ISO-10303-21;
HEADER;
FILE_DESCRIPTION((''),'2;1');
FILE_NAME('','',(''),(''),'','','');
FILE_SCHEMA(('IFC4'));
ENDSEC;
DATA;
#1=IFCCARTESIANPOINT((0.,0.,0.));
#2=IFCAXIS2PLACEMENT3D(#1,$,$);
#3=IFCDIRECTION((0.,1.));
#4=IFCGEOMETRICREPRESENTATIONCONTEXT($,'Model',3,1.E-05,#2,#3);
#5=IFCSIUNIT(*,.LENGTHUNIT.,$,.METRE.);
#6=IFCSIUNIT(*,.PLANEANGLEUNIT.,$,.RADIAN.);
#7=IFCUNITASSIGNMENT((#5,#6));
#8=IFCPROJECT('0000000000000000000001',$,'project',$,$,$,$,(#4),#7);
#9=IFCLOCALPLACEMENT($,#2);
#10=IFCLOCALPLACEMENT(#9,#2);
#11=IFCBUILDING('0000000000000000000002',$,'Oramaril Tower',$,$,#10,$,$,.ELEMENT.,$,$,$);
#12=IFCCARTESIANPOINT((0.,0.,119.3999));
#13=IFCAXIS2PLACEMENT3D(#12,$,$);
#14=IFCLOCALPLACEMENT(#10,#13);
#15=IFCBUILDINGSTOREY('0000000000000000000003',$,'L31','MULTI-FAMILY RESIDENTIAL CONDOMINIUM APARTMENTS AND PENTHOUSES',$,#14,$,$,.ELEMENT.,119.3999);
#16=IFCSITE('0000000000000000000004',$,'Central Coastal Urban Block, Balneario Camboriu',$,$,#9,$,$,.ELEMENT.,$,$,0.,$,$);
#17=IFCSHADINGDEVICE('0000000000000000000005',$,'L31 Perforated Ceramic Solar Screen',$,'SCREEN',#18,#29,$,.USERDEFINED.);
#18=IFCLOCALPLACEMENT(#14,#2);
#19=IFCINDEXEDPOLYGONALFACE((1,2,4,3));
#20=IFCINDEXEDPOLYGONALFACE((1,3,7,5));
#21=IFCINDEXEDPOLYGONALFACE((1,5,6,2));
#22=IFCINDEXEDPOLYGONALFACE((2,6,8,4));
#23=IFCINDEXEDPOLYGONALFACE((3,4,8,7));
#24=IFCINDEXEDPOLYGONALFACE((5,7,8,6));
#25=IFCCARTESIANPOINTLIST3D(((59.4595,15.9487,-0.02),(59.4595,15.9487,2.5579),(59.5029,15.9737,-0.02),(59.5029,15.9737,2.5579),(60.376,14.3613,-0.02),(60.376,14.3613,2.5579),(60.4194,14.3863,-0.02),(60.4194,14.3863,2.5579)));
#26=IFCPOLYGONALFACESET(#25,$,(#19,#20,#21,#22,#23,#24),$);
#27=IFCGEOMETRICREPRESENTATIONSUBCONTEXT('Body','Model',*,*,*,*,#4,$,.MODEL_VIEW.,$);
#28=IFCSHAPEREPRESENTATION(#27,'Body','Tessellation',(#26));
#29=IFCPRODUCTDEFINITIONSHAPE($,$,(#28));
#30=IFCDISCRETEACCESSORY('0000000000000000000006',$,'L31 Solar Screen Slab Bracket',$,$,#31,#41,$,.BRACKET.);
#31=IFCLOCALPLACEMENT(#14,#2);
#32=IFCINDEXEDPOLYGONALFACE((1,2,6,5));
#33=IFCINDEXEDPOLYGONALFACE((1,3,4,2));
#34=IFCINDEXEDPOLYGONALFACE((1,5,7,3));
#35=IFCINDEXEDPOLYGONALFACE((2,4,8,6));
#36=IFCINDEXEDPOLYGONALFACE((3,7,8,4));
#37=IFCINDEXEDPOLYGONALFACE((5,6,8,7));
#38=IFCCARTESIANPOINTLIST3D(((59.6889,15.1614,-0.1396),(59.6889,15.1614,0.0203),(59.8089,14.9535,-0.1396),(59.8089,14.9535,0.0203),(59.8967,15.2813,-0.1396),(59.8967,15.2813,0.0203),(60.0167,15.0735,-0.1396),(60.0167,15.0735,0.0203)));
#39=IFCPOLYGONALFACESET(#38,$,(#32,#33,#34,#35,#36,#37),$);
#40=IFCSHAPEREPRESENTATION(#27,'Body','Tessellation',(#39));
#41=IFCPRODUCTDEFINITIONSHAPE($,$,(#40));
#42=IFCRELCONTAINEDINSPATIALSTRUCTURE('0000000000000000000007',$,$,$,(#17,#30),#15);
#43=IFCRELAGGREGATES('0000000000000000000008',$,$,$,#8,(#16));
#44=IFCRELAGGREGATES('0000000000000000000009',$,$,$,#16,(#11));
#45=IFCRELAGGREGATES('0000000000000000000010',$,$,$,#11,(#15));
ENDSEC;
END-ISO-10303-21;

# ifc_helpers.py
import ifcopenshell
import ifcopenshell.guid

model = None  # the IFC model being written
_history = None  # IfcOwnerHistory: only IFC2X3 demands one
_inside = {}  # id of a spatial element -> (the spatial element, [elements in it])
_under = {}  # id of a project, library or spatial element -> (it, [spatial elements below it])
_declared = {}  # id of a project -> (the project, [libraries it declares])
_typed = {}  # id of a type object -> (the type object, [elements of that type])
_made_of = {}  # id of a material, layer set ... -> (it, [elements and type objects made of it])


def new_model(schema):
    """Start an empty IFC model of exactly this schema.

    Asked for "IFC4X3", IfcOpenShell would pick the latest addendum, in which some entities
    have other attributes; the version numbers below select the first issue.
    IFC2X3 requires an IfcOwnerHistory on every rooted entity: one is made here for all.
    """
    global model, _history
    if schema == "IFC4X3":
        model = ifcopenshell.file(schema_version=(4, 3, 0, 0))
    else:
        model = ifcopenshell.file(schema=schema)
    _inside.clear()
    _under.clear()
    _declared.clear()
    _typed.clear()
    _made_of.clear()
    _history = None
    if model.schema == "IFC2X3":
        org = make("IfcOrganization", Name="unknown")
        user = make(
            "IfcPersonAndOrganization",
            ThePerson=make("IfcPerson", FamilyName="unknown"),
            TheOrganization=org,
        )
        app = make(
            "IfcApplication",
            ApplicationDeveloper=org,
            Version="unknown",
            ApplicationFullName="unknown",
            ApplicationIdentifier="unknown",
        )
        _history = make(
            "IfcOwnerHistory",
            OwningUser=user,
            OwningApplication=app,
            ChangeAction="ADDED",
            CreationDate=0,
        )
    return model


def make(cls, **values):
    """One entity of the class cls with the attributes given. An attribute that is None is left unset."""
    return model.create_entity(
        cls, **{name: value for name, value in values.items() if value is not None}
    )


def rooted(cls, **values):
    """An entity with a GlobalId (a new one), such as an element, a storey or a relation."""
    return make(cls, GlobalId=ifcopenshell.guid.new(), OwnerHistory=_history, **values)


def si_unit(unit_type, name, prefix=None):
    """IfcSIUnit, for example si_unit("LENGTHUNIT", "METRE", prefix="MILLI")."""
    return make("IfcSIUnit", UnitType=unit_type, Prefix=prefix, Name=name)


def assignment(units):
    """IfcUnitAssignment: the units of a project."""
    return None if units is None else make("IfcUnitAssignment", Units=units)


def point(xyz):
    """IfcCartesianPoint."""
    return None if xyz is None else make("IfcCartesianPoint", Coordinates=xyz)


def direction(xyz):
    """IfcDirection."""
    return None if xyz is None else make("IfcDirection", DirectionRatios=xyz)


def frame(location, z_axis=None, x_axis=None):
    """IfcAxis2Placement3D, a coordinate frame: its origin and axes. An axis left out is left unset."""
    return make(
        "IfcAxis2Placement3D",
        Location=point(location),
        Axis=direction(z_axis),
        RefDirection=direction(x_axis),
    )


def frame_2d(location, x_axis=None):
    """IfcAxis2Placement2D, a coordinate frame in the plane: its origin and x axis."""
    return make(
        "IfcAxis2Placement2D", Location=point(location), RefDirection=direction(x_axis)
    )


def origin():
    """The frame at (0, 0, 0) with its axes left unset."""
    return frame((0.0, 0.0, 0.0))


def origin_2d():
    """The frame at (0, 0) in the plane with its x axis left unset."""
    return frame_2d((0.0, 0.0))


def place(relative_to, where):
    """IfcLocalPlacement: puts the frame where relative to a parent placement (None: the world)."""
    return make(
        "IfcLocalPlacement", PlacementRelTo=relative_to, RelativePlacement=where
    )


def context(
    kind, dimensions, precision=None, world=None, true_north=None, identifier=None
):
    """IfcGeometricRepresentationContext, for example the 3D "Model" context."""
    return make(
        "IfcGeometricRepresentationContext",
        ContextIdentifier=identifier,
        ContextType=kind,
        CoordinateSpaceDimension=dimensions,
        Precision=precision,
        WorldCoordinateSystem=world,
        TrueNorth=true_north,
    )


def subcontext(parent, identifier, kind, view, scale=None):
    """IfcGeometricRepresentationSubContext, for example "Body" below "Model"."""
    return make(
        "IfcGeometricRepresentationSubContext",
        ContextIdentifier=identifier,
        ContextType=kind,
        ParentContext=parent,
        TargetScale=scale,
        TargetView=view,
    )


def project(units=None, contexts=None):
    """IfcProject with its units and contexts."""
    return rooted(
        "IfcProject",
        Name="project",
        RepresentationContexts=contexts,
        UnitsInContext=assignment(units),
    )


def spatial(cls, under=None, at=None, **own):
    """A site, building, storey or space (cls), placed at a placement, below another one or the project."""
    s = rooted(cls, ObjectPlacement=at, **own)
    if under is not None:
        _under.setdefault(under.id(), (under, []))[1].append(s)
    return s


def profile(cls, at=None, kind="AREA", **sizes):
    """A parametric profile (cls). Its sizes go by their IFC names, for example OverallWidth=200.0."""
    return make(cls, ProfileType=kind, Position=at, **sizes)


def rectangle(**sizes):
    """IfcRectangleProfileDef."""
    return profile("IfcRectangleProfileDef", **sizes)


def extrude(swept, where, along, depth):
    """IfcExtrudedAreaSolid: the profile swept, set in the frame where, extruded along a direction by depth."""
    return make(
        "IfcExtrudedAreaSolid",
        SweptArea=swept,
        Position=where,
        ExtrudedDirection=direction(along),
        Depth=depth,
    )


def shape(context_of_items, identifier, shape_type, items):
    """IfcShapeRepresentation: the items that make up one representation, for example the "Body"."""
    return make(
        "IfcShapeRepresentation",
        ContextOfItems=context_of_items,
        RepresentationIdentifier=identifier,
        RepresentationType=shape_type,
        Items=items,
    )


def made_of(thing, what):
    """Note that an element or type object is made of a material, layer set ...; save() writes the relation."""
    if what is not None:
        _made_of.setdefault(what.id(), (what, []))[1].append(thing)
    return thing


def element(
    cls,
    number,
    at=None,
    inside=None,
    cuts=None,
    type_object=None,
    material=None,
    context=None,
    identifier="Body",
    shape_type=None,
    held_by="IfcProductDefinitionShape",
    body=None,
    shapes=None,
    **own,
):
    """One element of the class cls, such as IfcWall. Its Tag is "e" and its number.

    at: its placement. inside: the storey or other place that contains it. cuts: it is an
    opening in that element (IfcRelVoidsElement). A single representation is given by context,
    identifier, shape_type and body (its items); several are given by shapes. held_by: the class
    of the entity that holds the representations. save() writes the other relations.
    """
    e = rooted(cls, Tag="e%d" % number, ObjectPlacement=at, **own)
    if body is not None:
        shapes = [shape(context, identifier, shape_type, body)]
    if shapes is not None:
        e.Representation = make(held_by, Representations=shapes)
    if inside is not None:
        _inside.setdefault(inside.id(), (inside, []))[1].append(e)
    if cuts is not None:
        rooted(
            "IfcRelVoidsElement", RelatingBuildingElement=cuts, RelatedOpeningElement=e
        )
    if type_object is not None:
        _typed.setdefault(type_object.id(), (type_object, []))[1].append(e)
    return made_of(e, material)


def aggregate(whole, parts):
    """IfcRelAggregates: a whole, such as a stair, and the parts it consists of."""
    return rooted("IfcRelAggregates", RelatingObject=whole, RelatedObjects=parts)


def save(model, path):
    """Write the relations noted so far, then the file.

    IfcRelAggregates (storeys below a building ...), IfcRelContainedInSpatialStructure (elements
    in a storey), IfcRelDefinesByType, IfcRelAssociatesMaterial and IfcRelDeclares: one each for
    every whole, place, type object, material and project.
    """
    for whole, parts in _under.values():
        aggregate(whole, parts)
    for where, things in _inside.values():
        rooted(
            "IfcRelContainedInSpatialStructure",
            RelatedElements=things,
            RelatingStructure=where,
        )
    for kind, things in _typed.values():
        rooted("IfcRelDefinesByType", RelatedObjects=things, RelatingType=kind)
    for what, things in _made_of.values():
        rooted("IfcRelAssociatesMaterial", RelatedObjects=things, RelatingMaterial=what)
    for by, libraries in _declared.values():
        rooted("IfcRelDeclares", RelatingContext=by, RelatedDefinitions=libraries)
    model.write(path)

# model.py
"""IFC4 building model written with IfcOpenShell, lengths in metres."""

from ifc_helpers import new_model, si_unit, direction, frame, origin, origin_2d, place, context, subcontext, project, spatial, rectangle, extrude, element, save


model = new_model("IFC4")

# Units and contexts
model_context = context("Model", 3, precision=1e-05, world=origin(), true_north=direction((0.0, 1.0)))
body_context = subcontext(model_context, "Body", "Model", "MODEL_VIEW")
ifc_project = project(units=[si_unit("LENGTHUNIT", "METRE"), si_unit("PLANEANGLEUNIT", "RADIAN")], contexts=[model_context])

# Site, building, storey
site_placement = place(None, origin())
site = spatial("IfcSite", under=ifc_project, at=site_placement, Name="Central Coastal Urban Block, Balneario Camboriu", CompositionType="ELEMENT", RefElevation=0.0)
building_placement = place(site_placement, origin())
building = spatial("IfcBuilding", under=site, at=building_placement, Name="Oramaril Tower", CompositionType="ELEMENT")
storey_placement = place(building_placement, frame((0.0, 0.0, 119.3999)))
storey = spatial("IfcBuildingStorey", under=building, at=storey_placement, Name="L31", Description="MULTI-FAMILY RESIDENTIAL CONDOMINIUM APARTMENTS AND PENTHOUSES", CompositionType="ELEMENT", Elevation=119.3999)

# Shading device
shading_device_placement = place(storey_placement, frame((59.9395, 15.1675, -0.02), z_axis=(0.0, 0.0, 1.0), x_axis=(-0.5, 0.866025, 0.0)))
element("IfcShadingDevice", 1, at=shading_device_placement, inside=storey, Name="L31 Perforated Ceramic Solar Screen", ObjectType="SCREEN", PredefinedType="USERDEFINED", context=body_context, shape_type="SweptSolid", body=[
    extrude(rectangle(XDim=1.833, YDim=0.05, at=origin_2d()), origin(), (0.0, 0.0, 1.0), 2.5779),
])

# Discrete accessory
discrete_accessory_placement = place(storey_placement, frame((59.8528, 15.1174, -0.1396), z_axis=(0.0, 0.0, 1.0), x_axis=(-0.5, 0.866025, 0.0)))
element("IfcDiscreteAccessory", 2, at=discrete_accessory_placement, inside=storey, Name="L31 Solar Screen Slab Bracket", PredefinedType="BRACKET", context=body_context, shape_type="SweptSolid", body=[
    extrude(rectangle(XDim=0.24, YDim=0.24, at=origin_2d()), origin(), (0.0, 0.0, 1.0), 0.1599),
])

save(model, "model.ifc")
